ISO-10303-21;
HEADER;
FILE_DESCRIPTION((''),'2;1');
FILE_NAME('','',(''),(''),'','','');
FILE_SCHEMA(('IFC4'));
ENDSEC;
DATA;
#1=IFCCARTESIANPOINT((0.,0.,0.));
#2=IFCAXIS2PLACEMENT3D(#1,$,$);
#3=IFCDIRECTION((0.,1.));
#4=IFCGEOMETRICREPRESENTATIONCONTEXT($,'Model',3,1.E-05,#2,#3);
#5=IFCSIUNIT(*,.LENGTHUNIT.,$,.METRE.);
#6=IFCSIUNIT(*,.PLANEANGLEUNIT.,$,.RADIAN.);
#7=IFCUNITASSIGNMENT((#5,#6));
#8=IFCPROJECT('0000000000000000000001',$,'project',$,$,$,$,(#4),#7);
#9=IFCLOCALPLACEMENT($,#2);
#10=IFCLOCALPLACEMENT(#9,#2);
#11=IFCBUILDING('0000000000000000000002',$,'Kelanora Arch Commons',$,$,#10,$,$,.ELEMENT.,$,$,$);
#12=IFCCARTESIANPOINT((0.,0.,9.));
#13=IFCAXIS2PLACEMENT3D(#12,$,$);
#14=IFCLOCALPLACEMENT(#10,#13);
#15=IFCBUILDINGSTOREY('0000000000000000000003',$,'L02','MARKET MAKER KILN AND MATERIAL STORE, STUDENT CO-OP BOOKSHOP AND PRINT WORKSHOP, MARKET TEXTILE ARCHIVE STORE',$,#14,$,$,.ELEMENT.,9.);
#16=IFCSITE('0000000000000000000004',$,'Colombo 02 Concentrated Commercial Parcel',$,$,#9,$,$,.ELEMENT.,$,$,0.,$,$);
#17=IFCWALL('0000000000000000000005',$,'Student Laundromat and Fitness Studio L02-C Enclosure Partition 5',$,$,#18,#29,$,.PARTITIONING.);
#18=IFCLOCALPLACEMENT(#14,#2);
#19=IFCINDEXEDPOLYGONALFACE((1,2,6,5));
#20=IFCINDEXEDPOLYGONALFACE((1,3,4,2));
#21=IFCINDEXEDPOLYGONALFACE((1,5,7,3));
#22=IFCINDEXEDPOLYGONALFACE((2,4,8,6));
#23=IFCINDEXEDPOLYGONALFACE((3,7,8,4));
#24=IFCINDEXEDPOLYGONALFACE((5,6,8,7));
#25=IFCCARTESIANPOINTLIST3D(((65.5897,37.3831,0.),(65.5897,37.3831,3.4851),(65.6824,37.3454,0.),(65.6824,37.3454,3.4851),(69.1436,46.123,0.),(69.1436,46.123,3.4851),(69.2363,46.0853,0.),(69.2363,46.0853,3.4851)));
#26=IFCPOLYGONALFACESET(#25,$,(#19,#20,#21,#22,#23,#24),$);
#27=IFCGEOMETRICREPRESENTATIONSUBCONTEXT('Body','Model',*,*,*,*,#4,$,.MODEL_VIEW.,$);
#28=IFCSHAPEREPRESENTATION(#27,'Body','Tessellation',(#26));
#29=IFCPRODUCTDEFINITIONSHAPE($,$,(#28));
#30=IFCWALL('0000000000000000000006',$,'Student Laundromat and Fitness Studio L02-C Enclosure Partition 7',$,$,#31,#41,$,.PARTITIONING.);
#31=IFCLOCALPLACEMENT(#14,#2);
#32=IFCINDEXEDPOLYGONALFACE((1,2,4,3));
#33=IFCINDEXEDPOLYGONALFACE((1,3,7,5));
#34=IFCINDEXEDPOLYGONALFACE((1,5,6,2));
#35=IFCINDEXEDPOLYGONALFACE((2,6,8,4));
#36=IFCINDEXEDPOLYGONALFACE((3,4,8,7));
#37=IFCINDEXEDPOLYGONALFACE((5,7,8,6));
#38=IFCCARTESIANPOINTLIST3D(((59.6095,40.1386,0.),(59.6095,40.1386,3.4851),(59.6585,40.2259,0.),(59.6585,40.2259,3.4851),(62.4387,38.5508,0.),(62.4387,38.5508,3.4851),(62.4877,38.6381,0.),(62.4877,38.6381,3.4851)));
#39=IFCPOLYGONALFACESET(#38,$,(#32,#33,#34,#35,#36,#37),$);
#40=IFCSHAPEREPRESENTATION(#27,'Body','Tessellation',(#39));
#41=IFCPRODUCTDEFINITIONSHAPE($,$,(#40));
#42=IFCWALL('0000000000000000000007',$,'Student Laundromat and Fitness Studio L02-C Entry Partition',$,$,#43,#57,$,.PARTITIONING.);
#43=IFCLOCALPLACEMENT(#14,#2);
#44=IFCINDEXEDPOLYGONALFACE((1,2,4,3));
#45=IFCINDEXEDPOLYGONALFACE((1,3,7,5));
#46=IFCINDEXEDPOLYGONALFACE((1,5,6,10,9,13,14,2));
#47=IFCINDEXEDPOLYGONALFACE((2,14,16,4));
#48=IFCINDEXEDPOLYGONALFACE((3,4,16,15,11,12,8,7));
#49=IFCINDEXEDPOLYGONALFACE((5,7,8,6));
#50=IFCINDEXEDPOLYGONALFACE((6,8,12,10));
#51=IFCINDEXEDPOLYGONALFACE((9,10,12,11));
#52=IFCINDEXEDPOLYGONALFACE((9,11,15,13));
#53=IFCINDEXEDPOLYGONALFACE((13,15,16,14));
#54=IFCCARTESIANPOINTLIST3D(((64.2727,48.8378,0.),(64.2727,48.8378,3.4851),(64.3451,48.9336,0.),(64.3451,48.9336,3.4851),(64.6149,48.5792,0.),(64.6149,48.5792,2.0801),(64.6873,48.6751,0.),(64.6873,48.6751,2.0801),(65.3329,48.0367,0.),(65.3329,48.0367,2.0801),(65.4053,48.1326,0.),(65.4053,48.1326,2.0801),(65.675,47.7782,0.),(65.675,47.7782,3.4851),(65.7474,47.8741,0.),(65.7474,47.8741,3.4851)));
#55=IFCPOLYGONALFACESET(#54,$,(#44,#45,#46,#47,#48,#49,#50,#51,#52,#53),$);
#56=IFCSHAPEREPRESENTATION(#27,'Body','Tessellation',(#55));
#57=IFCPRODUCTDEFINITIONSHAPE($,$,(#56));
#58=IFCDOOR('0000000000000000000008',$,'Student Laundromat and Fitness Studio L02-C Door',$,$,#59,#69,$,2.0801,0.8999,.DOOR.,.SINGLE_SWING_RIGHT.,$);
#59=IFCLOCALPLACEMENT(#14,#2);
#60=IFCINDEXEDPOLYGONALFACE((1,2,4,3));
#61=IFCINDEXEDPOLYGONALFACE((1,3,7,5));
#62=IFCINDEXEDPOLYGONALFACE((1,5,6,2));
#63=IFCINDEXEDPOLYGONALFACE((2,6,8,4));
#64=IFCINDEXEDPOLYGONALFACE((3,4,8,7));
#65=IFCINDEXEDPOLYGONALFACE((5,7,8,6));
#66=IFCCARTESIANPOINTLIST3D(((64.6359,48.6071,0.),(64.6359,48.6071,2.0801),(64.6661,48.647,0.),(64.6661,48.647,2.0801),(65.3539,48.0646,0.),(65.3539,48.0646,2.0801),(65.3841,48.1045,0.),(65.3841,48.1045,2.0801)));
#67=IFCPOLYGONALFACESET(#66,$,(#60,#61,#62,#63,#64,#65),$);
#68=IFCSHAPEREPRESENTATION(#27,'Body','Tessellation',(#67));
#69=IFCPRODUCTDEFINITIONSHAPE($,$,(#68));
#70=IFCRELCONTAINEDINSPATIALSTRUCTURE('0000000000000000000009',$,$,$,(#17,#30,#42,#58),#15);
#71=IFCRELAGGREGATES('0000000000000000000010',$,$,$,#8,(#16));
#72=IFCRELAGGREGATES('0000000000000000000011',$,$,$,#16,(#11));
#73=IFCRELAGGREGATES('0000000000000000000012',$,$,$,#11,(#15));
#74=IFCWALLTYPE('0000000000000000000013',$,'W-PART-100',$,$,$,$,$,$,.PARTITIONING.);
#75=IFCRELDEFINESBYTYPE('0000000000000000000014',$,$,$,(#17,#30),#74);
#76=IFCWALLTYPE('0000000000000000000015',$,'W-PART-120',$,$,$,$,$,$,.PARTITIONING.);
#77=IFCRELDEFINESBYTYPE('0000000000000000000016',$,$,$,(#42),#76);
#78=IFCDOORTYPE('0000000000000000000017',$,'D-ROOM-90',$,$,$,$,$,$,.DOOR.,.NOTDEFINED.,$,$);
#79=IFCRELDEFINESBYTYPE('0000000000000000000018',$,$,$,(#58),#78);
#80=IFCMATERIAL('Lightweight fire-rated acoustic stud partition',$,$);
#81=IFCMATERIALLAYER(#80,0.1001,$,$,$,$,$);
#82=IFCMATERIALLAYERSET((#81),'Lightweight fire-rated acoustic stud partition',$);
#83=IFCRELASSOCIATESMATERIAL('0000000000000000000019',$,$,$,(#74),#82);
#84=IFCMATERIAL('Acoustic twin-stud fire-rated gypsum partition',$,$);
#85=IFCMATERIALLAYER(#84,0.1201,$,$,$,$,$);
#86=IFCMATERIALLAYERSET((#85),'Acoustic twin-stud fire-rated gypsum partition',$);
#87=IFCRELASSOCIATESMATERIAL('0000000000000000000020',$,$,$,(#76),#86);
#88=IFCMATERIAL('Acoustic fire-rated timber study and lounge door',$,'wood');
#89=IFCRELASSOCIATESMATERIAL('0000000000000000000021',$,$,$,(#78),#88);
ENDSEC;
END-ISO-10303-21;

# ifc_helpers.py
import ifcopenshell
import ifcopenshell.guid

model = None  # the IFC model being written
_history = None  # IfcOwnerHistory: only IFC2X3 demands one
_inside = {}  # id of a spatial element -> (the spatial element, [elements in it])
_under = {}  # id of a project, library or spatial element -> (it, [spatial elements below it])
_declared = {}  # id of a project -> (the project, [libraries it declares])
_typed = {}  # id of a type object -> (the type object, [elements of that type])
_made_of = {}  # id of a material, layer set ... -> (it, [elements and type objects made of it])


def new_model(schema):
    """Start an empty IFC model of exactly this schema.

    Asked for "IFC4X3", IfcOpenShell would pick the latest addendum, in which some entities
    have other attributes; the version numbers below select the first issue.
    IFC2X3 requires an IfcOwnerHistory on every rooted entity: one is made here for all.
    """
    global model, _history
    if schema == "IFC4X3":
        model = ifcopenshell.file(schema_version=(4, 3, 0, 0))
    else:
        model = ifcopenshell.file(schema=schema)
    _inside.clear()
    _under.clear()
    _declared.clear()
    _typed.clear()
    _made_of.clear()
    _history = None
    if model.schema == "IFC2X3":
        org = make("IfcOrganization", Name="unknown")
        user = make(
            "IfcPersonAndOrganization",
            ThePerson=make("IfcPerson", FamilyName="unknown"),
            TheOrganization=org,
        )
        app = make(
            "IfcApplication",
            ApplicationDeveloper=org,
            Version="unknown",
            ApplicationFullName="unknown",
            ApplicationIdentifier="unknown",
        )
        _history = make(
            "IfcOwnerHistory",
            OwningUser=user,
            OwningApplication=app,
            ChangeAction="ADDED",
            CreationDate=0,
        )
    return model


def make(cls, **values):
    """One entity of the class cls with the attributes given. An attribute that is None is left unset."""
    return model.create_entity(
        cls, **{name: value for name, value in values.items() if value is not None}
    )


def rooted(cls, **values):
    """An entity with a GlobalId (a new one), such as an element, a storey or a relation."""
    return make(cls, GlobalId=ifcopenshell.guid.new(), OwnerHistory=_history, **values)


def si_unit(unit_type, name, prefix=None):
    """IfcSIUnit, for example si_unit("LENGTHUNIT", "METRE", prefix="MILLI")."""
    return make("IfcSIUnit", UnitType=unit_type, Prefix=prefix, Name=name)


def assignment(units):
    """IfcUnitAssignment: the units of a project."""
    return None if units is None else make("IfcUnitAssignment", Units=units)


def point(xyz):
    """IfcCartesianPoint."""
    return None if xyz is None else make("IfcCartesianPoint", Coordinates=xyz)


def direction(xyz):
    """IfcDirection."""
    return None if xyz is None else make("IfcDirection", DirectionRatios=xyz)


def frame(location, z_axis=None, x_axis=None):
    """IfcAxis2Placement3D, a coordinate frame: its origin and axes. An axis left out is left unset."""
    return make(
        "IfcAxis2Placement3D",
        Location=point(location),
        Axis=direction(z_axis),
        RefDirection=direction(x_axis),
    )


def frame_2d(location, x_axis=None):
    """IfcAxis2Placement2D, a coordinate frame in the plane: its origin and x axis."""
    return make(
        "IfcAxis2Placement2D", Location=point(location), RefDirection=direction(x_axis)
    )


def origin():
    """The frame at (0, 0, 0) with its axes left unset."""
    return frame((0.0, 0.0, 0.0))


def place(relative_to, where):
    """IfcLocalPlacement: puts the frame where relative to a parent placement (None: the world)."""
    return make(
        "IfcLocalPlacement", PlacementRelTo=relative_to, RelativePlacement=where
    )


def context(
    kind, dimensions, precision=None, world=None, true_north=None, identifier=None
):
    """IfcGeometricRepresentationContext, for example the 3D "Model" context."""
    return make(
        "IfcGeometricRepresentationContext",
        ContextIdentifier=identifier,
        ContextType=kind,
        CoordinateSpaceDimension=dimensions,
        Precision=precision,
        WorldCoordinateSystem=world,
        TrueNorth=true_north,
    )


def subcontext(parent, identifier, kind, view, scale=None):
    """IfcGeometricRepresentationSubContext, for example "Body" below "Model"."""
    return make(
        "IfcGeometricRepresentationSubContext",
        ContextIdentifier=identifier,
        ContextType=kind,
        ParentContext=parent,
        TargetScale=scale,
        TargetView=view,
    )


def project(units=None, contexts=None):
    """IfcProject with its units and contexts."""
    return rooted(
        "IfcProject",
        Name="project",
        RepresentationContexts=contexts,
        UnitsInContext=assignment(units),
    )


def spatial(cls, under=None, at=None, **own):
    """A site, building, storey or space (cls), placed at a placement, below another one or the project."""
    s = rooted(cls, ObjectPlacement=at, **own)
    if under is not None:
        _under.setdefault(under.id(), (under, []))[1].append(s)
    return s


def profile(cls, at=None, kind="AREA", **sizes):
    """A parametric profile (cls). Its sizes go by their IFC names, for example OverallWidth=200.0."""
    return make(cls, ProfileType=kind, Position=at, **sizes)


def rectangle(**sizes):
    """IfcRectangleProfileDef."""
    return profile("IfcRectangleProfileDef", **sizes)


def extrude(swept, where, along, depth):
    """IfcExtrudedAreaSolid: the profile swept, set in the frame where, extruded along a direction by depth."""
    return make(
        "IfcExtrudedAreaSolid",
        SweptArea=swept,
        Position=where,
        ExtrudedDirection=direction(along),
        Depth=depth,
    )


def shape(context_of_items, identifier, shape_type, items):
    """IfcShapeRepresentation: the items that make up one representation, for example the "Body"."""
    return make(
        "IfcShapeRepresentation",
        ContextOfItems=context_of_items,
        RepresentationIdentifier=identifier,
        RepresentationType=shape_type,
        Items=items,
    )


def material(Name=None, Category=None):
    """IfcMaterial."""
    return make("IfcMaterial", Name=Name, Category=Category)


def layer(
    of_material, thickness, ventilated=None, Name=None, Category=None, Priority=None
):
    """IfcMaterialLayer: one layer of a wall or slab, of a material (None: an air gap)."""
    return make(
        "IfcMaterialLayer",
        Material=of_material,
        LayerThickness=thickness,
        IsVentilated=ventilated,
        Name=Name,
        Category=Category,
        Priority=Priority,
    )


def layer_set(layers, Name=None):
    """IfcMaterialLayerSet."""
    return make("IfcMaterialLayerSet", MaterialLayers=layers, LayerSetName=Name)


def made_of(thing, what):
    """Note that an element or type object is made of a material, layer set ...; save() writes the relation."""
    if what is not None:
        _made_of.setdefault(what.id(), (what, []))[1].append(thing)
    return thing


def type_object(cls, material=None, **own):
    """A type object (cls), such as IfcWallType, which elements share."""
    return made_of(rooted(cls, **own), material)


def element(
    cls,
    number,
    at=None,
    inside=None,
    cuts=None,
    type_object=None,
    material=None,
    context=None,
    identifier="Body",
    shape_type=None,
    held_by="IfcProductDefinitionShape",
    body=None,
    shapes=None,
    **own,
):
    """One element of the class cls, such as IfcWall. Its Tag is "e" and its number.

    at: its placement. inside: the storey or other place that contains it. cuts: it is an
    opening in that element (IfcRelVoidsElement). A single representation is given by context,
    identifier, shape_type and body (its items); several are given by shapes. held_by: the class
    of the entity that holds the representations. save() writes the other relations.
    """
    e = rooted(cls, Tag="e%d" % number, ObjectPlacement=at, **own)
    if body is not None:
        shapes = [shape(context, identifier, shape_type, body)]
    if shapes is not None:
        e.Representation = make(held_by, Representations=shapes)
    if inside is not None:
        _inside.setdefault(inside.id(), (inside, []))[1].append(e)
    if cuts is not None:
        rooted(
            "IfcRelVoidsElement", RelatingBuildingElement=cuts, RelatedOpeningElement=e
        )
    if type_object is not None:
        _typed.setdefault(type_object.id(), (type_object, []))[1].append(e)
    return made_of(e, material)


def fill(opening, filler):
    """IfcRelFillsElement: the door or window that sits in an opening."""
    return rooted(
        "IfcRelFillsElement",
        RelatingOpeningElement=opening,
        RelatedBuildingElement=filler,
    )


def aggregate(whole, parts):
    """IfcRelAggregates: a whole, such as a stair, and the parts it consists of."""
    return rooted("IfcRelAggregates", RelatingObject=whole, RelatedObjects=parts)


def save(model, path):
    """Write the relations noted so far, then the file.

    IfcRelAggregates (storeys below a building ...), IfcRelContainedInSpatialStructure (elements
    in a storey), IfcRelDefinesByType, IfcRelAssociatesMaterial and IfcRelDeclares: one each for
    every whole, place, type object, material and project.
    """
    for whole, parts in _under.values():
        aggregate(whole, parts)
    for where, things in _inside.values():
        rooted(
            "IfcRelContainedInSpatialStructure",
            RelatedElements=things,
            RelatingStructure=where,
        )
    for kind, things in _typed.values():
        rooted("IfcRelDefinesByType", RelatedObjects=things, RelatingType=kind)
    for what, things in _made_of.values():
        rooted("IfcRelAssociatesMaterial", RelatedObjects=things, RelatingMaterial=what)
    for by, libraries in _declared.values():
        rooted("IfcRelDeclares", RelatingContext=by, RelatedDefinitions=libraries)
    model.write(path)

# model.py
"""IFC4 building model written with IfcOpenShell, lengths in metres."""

from ifc_helpers import new_model, si_unit, direction, frame, frame_2d, origin, place, context, subcontext, project, spatial, rectangle, extrude, material, layer, layer_set, type_object, element, fill, save


model = new_model("IFC4")

# Units and contexts
model_context = context("Model", 3, precision=1e-05, world=origin(), true_north=direction((0.0, 1.0)))
body_context = subcontext(model_context, "Body", "Model", "MODEL_VIEW")
ifc_project = project(units=[si_unit("LENGTHUNIT", "METRE"), si_unit("PLANEANGLEUNIT", "RADIAN")], contexts=[model_context])

# Site, building, storey
site_placement = place(None, origin())
site = spatial("IfcSite", under=ifc_project, at=site_placement, Name="Colombo 02 Concentrated Commercial Parcel", CompositionType="ELEMENT", RefElevation=0.0)
building_placement = place(site_placement, origin())
building = spatial("IfcBuilding", under=site, at=building_placement, Name="Kelanora Arch Commons", CompositionType="ELEMENT")
storey_placement = place(building_placement, frame((0.0, 0.0, 9.0)))
storey = spatial("IfcBuildingStorey", under=building, at=storey_placement, Name="L02", Description="MARKET MAKER KILN AND MATERIAL STORE, STUDENT CO-OP BOOKSHOP AND PRINT WORKSHOP, MARKET TEXTILE ARCHIVE STORE", CompositionType="ELEMENT", Elevation=9.0)

# Walls
ifc_material_1 = material(Name="Lightweight fire-rated acoustic stud partition")
ifc_layer_1 = layer(ifc_material_1, 0.1001)
ifc_layer_set_1 = layer_set([ifc_layer_1], Name="Lightweight fire-rated acoustic stud partition")
wall_type_1 = type_object("IfcWallType", Name="W-PART-100", PredefinedType="PARTITIONING", material=ifc_layer_set_1)
wall_1_placement = place(storey_placement, frame((69.1899, 46.104, 0.0), z_axis=(0.0, 0.0, 1.0), x_axis=(-0.37668, -0.926343, 0.0)))
element("IfcWall", 1, at=wall_1_placement, inside=storey, type_object=wall_type_1, Name="Student Laundromat and Fitness Studio L02-C Enclosure Partition 5", PredefinedType="PARTITIONING", context=body_context, shape_type="SweptSolid", body=[
    extrude(rectangle(XDim=9.4348, YDim=0.1001, at=frame_2d((4.7173, 0.0))), origin(), (0.0, 0.0, 1.0), 3.4851),
])
wall_2_placement = place(storey_placement, frame((62.4631, 38.5945, 0.0), z_axis=(0.0, 0.0, 1.0), x_axis=(-0.872051, 0.489414, 0.0)))
element("IfcWall", 2, at=wall_2_placement, inside=storey, type_object=wall_type_1, Name="Student Laundromat and Fitness Studio L02-C Enclosure Partition 7", PredefinedType="PARTITIONING", context=body_context, shape_type="SweptSolid", body=[
    extrude(rectangle(XDim=3.2444, YDim=0.1001, at=frame_2d((1.6221, 0.0))), origin(), (0.0, 0.0, 1.0), 3.4851),
])

# Wall, opening, door
ifc_material_2 = material(Name="Acoustic twin-stud fire-rated gypsum partition")
ifc_layer_2 = layer(ifc_material_2, 0.1201)
ifc_layer_set_2 = layer_set([ifc_layer_2], Name="Acoustic twin-stud fire-rated gypsum partition")
wall_type_2 = type_object("IfcWallType", Name="W-PART-120", PredefinedType="PARTITIONING", material=ifc_layer_set_2)
wall_3_placement = place(storey_placement, frame((64.3088, 48.8857, 0.0), z_axis=(0.0, 0.0, 1.0), x_axis=(0.797861, -0.602841, 0.0)))
wall_3 = element("IfcWall", 3, at=wall_3_placement, inside=storey, type_object=wall_type_2, Name="Student Laundromat and Fitness Studio L02-C Entry Partition", PredefinedType="PARTITIONING", context=body_context, shape_type="SweptSolid", body=[
    extrude(rectangle(XDim=1.7576, YDim=0.1201, at=frame_2d((0.8789, 0.0))), origin(), (0.0, 0.0, 1.0), 3.4851),
])
opening_1_placement = place(wall_3_placement, frame((0.429, 0.0, 0.0)))
opening_1 = element("IfcOpeningElement", 4, at=opening_1_placement, cuts=wall_3, PredefinedType="OPENING", context=body_context, shape_type="SweptSolid", body=[
    extrude(rectangle(XDim=0.8999, YDim=2.0801, at=frame_2d((0.45, 1.04))), frame((0.0, 0.0701, 0.0), z_axis=(0.0, -1.0, 0.0), x_axis=(1.0, 0.0, 0.0)), (0.0, 0.0, 1.0), 0.1401),
])
ifc_material_3 = material(Name="Acoustic fire-rated timber study and lounge door", Category="wood")
door_type_1 = type_object("IfcDoorType", Name="D-ROOM-90", OperationType="NOTDEFINED", PredefinedType="DOOR", material=ifc_material_3)
door_1_placement = place(opening_1_placement, origin())
door_1 = element("IfcDoor", 5, at=door_1_placement, inside=storey, type_object=door_type_1, Name="Student Laundromat and Fitness Studio L02-C Door", OperationType="SINGLE_SWING_RIGHT", OverallHeight=2.0801, OverallWidth=0.8999, PredefinedType="DOOR", context=body_context, shape_type="SweptSolid", body=[
    extrude(rectangle(XDim=0.8999, YDim=2.0801, at=frame_2d((0.45, 1.04))), frame((0.0, 0.0249, 0.0), z_axis=(0.0, -1.0, 0.0), x_axis=(1.0, 0.0, 0.0)), (0.0, 0.0, 1.0), 0.05),
])
fill(opening_1, door_1)

save(model, "model.ifc")
